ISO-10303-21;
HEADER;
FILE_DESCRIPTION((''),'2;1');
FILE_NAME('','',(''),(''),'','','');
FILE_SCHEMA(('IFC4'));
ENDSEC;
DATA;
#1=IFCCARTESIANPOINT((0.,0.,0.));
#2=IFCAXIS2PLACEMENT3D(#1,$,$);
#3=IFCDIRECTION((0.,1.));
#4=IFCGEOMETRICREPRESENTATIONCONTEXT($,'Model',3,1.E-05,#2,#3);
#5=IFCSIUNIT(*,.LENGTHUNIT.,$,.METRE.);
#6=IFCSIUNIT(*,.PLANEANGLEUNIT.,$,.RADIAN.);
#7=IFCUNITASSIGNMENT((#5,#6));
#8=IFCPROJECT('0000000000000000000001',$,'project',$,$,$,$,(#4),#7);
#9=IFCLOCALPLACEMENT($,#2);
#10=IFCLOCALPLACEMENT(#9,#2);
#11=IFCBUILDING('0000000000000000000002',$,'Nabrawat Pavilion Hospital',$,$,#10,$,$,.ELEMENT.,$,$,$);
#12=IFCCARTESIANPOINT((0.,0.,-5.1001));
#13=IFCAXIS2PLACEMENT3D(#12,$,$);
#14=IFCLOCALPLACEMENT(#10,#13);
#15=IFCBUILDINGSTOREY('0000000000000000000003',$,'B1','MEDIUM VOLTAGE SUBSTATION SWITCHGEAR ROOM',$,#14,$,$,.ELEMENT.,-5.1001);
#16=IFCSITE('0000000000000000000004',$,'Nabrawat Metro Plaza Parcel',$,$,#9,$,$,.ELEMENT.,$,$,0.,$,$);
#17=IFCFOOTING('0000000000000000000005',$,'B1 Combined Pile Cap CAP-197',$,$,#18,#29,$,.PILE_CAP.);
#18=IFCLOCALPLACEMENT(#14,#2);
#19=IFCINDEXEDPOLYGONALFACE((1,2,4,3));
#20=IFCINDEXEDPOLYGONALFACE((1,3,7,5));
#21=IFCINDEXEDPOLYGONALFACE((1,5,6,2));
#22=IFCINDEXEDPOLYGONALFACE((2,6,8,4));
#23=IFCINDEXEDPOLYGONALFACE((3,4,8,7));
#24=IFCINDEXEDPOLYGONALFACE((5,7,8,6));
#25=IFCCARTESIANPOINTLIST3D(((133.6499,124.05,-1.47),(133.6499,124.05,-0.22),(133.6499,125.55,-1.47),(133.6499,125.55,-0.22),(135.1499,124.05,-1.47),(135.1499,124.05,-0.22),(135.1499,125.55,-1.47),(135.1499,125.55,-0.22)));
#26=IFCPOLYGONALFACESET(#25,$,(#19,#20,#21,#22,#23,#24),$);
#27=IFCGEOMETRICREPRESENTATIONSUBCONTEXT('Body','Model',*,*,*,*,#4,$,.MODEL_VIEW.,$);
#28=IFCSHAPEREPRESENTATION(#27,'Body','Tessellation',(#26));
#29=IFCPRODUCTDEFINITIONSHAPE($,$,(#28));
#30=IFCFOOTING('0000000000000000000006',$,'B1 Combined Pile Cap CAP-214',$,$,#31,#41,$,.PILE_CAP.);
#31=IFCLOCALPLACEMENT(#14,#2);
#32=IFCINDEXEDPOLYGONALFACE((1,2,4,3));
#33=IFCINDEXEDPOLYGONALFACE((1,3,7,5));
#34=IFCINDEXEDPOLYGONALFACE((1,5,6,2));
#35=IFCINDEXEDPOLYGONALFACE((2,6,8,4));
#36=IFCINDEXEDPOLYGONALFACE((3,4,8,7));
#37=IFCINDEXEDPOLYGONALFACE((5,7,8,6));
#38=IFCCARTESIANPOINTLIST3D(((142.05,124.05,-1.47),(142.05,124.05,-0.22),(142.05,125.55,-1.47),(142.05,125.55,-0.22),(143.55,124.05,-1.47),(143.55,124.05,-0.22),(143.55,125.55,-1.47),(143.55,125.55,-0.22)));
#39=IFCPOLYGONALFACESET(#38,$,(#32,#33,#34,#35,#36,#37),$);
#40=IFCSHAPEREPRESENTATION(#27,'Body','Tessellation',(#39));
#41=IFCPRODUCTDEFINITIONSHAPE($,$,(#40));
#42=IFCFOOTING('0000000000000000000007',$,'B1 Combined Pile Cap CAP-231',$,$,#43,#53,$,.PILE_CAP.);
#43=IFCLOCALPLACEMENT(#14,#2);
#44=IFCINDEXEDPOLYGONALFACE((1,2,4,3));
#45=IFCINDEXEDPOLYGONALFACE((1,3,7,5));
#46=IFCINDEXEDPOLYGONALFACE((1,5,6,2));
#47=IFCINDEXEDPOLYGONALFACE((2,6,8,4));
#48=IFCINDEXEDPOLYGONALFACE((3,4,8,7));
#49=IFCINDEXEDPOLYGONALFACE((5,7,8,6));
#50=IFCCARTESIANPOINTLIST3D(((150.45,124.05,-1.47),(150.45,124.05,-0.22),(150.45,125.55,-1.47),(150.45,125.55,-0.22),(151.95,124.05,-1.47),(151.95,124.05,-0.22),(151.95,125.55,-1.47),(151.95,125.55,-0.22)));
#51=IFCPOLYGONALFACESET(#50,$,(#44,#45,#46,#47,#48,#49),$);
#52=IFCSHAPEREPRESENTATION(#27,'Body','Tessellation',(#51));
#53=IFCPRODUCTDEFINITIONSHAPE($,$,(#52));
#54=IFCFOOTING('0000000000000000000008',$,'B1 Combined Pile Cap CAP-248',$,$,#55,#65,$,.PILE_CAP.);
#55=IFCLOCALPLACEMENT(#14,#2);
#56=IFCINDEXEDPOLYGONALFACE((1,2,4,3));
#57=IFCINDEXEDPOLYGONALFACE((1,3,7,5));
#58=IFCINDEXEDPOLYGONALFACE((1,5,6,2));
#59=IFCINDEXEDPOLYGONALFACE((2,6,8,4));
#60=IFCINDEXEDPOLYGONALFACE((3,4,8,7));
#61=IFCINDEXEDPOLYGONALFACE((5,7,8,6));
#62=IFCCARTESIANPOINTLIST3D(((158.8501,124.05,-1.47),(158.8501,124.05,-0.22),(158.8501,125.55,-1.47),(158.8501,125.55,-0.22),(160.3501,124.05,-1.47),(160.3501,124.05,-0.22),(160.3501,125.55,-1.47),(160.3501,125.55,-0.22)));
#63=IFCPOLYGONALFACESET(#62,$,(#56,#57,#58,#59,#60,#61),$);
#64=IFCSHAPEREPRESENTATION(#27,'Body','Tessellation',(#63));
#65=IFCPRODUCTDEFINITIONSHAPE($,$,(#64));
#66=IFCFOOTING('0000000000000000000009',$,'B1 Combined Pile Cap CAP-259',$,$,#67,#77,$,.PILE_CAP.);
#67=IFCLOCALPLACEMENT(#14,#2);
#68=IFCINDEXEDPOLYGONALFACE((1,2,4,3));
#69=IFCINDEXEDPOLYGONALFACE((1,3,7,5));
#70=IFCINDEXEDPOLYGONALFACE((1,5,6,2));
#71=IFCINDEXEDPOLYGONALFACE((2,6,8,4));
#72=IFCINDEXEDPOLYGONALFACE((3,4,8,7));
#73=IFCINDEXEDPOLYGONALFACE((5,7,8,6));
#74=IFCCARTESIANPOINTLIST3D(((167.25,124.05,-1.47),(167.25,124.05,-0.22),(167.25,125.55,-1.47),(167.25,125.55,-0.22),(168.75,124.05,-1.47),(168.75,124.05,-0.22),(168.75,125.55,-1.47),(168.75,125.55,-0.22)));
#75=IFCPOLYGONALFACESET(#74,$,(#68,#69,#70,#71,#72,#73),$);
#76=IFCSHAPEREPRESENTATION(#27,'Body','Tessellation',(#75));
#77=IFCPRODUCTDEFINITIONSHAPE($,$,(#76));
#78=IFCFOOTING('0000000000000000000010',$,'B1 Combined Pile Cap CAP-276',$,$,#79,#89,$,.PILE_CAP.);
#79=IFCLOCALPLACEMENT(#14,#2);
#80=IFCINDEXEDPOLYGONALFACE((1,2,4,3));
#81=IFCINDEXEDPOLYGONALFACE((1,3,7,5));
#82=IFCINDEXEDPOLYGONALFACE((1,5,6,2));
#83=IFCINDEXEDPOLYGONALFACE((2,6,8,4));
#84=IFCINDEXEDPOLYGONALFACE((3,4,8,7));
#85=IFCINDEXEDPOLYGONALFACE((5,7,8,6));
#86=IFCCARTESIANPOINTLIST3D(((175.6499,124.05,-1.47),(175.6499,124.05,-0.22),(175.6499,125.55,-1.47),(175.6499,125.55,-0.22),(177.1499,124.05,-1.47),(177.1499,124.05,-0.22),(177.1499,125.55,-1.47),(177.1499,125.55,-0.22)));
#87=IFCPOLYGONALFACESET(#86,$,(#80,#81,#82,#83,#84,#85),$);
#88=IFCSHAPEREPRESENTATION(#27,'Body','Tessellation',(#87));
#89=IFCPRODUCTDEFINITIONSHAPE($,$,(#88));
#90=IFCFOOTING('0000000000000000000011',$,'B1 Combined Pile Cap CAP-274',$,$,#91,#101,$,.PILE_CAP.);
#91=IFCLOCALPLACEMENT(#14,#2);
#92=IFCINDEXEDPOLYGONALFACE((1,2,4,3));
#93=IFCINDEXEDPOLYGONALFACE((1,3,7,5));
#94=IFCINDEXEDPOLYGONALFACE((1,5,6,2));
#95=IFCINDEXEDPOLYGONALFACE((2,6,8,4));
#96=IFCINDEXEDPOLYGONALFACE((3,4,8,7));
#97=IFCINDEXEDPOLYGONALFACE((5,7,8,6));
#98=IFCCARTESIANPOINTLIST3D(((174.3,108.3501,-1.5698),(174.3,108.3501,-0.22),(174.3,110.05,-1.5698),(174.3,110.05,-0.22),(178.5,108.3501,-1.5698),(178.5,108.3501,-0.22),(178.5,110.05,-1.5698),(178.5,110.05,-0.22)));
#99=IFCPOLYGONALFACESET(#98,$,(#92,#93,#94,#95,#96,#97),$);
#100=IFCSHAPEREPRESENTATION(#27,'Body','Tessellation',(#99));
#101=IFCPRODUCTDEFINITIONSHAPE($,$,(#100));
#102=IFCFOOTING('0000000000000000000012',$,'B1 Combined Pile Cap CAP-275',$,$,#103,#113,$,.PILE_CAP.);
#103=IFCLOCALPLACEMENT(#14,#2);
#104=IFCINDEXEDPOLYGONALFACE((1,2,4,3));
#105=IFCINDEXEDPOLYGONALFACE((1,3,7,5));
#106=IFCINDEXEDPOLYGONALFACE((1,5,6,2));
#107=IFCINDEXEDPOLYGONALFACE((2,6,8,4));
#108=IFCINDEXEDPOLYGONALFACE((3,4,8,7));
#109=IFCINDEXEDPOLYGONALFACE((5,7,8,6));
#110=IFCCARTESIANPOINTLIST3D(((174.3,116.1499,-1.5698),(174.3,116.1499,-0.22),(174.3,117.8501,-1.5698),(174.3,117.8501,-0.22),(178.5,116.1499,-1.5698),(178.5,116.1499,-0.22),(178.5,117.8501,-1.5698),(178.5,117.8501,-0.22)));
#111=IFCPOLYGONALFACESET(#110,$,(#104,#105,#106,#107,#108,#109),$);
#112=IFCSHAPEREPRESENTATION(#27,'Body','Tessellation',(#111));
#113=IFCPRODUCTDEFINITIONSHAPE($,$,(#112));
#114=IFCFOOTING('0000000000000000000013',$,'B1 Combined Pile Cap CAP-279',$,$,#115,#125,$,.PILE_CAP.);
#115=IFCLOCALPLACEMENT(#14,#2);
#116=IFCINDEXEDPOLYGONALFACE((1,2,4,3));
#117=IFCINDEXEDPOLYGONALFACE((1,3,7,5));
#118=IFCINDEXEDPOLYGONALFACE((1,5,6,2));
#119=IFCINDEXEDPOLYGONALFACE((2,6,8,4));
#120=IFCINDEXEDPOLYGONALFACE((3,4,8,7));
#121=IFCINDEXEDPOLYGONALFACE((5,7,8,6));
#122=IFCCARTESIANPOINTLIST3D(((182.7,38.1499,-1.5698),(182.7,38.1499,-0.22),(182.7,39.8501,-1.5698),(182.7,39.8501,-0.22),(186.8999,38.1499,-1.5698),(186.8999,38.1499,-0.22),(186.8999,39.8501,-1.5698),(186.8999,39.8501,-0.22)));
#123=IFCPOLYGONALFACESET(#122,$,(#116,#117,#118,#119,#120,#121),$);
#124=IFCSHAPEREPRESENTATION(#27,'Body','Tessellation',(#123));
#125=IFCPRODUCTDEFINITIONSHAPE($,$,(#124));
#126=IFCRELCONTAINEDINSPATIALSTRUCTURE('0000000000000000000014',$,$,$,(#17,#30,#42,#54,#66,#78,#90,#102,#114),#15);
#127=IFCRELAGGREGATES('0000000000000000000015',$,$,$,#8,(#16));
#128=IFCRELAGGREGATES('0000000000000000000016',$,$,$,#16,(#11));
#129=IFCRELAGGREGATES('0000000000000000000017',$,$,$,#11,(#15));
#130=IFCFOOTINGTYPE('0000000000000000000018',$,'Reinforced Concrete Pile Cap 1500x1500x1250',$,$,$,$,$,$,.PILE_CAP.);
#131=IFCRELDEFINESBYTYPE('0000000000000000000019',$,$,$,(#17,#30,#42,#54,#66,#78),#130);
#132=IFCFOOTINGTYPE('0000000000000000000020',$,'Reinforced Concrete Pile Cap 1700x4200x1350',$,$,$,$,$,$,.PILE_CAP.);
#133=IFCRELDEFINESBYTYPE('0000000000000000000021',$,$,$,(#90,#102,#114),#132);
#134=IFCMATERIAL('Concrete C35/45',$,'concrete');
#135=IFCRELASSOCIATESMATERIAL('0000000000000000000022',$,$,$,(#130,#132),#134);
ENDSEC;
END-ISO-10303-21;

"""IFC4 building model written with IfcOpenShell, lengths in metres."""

from ifc_helpers import new_model, si_unit, direction, frame, origin, place, context, subcontext, project, spatial, polyline, outline, extrude, material, type_object, element, save


model = new_model("IFC4")

# Units and contexts
model_context = context("Model", 3, precision=1e-05, world=origin(), true_north=direction((0.0, 1.0)))
body_context = subcontext(model_context, "Body", "Model", "MODEL_VIEW")
ifc_project = project(units=[si_unit("LENGTHUNIT", "METRE"), si_unit("PLANEANGLEUNIT", "RADIAN")], contexts=[model_context])

# Site, building, storey
site_placement = place(None, origin())
site = spatial("IfcSite", under=ifc_project, at=site_placement, Name="Nabrawat Metro Plaza Parcel", CompositionType="ELEMENT", RefElevation=0.0)
building_placement = place(site_placement, origin())
building = spatial("IfcBuilding", under=site, at=building_placement, Name="Nabrawat Pavilion Hospital", CompositionType="ELEMENT")
storey_placement = place(building_placement, frame((0.0, 0.0, -5.1001)))
storey = spatial("IfcBuildingStorey", under=building, at=storey_placement, Name="B1", Description="MEDIUM VOLTAGE SUBSTATION SWITCHGEAR ROOM", CompositionType="ELEMENT", Elevation=-5.1001)

# Footings
ifc_material = material(Name="Concrete C35/45", Category="concrete")
footing_type_1 = type_object("IfcFootingType", Name="Reinforced Concrete Pile Cap 1500x1500x1250", PredefinedType="PILE_CAP", material=ifc_material)
footing_1_placement = place(storey_placement, frame((0.0, 0.0, -1.47)))
element("IfcFooting", 1, at=footing_1_placement, inside=storey, type_object=footing_type_1, Name="B1 Combined Pile Cap CAP-197", PredefinedType="PILE_CAP", context=body_context, shape_type="SweptSolid", body=[
    extrude(outline(polyline([(135.1499, 124.05), (135.1499, 125.55), (133.6499, 125.55), (133.6499, 124.05), (135.1499, 124.05)])), origin(), (0.0, 0.0, 1.0), 1.25),
])
footing_2_placement = place(storey_placement, frame((0.0, 0.0, -1.47)))
element("IfcFooting", 2, at=footing_2_placement, inside=storey, type_object=footing_type_1, Name="B1 Combined Pile Cap CAP-214", PredefinedType="PILE_CAP", context=body_context, shape_type="SweptSolid", body=[
    extrude(outline(polyline([(143.55, 124.05), (143.55, 125.55), (142.05, 125.55), (142.05, 124.05), (143.55, 124.05)])), origin(), (0.0, 0.0, 1.0), 1.25),
])
footing_3_placement = place(storey_placement, frame((0.0, 0.0, -1.47)))
element("IfcFooting", 3, at=footing_3_placement, inside=storey, type_object=footing_type_1, Name="B1 Combined Pile Cap CAP-231", PredefinedType="PILE_CAP", context=body_context, shape_type="SweptSolid", body=[
    extrude(outline(polyline([(151.95, 124.05), (151.95, 125.55), (150.45, 125.55), (150.45, 124.05), (151.95, 124.05)])), origin(), (0.0, 0.0, 1.0), 1.25),
])
footing_4_placement = place(storey_placement, frame((0.0, 0.0, -1.47)))
element("IfcFooting", 4, at=footing_4_placement, inside=storey, type_object=footing_type_1, Name="B1 Combined Pile Cap CAP-248", PredefinedType="PILE_CAP", context=body_context, shape_type="SweptSolid", body=[
    extrude(outline(polyline([(160.3501, 124.05), (160.3501, 125.55), (158.8501, 125.55), (158.8501, 124.05), (160.3501, 124.05)])), origin(), (0.0, 0.0, 1.0), 1.25),
])
footing_5_placement = place(storey_placement, frame((0.0, 0.0, -1.47)))
element("IfcFooting", 5, at=footing_5_placement, inside=storey, type_object=footing_type_1, Name="B1 Combined Pile Cap CAP-259", PredefinedType="PILE_CAP", context=body_context, shape_type="SweptSolid", body=[
    extrude(outline(polyline([(168.75, 124.05), (168.75, 125.55), (167.25, 125.55), (167.25, 124.05), (168.75, 124.05)])), origin(), (0.0, 0.0, 1.0), 1.25),
])
footing_6_placement = place(storey_placement, frame((0.0, 0.0, -1.47)))
element("IfcFooting", 6, at=footing_6_placement, inside=storey, type_object=footing_type_1, Name="B1 Combined Pile Cap CAP-276", PredefinedType="PILE_CAP", context=body_context, shape_type="SweptSolid", body=[
    extrude(outline(polyline([(177.1499, 124.05), (177.1499, 125.55), (175.6499, 125.55), (175.6499, 124.05), (177.1499, 124.05)])), origin(), (0.0, 0.0, 1.0), 1.25),
])
footing_type_2 = type_object("IfcFootingType", Name="Reinforced Concrete Pile Cap 1700x4200x1350", PredefinedType="PILE_CAP", material=ifc_material)
footing_7_placement = place(storey_placement, frame((0.0, 0.0, -1.5698)))
element("IfcFooting", 7, at=footing_7_placement, inside=storey, type_object=footing_type_2, Name="B1 Combined Pile Cap CAP-274", PredefinedType="PILE_CAP", context=body_context, shape_type="SweptSolid", body=[
    extrude(outline(polyline([(178.5, 108.3501), (178.5, 110.05), (174.3, 110.05), (174.3, 108.3501), (178.5, 108.3501)])), origin(), (0.0, 0.0, 1.0), 1.3499),
])
footing_8_placement = place(storey_placement, frame((0.0, 0.0, -1.5698)))
element("IfcFooting", 8, at=footing_8_placement, inside=storey, type_object=footing_type_2, Name="B1 Combined Pile Cap CAP-275", PredefinedType="PILE_CAP", context=body_context, shape_type="SweptSolid", body=[
    extrude(outline(polyline([(178.5, 116.1499), (178.5, 117.8501), (174.3, 117.8501), (174.3, 116.1499), (178.5, 116.1499)])), origin(), (0.0, 0.0, 1.0), 1.3499),
])
footing_9_placement = place(storey_placement, frame((0.0, 0.0, -1.5698)))
element("IfcFooting", 9, at=footing_9_placement, inside=storey, type_object=footing_type_2, Name="B1 Combined Pile Cap CAP-279", PredefinedType="PILE_CAP", context=body_context, shape_type="SweptSolid", body=[
    extrude(outline(polyline([(186.8999, 38.1499), (186.8999, 39.8501), (182.7, 39.8501), (182.7, 38.1499), (186.8999, 38.1499)])), origin(), (0.0, 0.0, 1.0), 1.3499),
])

save(model, "model.ifc")
